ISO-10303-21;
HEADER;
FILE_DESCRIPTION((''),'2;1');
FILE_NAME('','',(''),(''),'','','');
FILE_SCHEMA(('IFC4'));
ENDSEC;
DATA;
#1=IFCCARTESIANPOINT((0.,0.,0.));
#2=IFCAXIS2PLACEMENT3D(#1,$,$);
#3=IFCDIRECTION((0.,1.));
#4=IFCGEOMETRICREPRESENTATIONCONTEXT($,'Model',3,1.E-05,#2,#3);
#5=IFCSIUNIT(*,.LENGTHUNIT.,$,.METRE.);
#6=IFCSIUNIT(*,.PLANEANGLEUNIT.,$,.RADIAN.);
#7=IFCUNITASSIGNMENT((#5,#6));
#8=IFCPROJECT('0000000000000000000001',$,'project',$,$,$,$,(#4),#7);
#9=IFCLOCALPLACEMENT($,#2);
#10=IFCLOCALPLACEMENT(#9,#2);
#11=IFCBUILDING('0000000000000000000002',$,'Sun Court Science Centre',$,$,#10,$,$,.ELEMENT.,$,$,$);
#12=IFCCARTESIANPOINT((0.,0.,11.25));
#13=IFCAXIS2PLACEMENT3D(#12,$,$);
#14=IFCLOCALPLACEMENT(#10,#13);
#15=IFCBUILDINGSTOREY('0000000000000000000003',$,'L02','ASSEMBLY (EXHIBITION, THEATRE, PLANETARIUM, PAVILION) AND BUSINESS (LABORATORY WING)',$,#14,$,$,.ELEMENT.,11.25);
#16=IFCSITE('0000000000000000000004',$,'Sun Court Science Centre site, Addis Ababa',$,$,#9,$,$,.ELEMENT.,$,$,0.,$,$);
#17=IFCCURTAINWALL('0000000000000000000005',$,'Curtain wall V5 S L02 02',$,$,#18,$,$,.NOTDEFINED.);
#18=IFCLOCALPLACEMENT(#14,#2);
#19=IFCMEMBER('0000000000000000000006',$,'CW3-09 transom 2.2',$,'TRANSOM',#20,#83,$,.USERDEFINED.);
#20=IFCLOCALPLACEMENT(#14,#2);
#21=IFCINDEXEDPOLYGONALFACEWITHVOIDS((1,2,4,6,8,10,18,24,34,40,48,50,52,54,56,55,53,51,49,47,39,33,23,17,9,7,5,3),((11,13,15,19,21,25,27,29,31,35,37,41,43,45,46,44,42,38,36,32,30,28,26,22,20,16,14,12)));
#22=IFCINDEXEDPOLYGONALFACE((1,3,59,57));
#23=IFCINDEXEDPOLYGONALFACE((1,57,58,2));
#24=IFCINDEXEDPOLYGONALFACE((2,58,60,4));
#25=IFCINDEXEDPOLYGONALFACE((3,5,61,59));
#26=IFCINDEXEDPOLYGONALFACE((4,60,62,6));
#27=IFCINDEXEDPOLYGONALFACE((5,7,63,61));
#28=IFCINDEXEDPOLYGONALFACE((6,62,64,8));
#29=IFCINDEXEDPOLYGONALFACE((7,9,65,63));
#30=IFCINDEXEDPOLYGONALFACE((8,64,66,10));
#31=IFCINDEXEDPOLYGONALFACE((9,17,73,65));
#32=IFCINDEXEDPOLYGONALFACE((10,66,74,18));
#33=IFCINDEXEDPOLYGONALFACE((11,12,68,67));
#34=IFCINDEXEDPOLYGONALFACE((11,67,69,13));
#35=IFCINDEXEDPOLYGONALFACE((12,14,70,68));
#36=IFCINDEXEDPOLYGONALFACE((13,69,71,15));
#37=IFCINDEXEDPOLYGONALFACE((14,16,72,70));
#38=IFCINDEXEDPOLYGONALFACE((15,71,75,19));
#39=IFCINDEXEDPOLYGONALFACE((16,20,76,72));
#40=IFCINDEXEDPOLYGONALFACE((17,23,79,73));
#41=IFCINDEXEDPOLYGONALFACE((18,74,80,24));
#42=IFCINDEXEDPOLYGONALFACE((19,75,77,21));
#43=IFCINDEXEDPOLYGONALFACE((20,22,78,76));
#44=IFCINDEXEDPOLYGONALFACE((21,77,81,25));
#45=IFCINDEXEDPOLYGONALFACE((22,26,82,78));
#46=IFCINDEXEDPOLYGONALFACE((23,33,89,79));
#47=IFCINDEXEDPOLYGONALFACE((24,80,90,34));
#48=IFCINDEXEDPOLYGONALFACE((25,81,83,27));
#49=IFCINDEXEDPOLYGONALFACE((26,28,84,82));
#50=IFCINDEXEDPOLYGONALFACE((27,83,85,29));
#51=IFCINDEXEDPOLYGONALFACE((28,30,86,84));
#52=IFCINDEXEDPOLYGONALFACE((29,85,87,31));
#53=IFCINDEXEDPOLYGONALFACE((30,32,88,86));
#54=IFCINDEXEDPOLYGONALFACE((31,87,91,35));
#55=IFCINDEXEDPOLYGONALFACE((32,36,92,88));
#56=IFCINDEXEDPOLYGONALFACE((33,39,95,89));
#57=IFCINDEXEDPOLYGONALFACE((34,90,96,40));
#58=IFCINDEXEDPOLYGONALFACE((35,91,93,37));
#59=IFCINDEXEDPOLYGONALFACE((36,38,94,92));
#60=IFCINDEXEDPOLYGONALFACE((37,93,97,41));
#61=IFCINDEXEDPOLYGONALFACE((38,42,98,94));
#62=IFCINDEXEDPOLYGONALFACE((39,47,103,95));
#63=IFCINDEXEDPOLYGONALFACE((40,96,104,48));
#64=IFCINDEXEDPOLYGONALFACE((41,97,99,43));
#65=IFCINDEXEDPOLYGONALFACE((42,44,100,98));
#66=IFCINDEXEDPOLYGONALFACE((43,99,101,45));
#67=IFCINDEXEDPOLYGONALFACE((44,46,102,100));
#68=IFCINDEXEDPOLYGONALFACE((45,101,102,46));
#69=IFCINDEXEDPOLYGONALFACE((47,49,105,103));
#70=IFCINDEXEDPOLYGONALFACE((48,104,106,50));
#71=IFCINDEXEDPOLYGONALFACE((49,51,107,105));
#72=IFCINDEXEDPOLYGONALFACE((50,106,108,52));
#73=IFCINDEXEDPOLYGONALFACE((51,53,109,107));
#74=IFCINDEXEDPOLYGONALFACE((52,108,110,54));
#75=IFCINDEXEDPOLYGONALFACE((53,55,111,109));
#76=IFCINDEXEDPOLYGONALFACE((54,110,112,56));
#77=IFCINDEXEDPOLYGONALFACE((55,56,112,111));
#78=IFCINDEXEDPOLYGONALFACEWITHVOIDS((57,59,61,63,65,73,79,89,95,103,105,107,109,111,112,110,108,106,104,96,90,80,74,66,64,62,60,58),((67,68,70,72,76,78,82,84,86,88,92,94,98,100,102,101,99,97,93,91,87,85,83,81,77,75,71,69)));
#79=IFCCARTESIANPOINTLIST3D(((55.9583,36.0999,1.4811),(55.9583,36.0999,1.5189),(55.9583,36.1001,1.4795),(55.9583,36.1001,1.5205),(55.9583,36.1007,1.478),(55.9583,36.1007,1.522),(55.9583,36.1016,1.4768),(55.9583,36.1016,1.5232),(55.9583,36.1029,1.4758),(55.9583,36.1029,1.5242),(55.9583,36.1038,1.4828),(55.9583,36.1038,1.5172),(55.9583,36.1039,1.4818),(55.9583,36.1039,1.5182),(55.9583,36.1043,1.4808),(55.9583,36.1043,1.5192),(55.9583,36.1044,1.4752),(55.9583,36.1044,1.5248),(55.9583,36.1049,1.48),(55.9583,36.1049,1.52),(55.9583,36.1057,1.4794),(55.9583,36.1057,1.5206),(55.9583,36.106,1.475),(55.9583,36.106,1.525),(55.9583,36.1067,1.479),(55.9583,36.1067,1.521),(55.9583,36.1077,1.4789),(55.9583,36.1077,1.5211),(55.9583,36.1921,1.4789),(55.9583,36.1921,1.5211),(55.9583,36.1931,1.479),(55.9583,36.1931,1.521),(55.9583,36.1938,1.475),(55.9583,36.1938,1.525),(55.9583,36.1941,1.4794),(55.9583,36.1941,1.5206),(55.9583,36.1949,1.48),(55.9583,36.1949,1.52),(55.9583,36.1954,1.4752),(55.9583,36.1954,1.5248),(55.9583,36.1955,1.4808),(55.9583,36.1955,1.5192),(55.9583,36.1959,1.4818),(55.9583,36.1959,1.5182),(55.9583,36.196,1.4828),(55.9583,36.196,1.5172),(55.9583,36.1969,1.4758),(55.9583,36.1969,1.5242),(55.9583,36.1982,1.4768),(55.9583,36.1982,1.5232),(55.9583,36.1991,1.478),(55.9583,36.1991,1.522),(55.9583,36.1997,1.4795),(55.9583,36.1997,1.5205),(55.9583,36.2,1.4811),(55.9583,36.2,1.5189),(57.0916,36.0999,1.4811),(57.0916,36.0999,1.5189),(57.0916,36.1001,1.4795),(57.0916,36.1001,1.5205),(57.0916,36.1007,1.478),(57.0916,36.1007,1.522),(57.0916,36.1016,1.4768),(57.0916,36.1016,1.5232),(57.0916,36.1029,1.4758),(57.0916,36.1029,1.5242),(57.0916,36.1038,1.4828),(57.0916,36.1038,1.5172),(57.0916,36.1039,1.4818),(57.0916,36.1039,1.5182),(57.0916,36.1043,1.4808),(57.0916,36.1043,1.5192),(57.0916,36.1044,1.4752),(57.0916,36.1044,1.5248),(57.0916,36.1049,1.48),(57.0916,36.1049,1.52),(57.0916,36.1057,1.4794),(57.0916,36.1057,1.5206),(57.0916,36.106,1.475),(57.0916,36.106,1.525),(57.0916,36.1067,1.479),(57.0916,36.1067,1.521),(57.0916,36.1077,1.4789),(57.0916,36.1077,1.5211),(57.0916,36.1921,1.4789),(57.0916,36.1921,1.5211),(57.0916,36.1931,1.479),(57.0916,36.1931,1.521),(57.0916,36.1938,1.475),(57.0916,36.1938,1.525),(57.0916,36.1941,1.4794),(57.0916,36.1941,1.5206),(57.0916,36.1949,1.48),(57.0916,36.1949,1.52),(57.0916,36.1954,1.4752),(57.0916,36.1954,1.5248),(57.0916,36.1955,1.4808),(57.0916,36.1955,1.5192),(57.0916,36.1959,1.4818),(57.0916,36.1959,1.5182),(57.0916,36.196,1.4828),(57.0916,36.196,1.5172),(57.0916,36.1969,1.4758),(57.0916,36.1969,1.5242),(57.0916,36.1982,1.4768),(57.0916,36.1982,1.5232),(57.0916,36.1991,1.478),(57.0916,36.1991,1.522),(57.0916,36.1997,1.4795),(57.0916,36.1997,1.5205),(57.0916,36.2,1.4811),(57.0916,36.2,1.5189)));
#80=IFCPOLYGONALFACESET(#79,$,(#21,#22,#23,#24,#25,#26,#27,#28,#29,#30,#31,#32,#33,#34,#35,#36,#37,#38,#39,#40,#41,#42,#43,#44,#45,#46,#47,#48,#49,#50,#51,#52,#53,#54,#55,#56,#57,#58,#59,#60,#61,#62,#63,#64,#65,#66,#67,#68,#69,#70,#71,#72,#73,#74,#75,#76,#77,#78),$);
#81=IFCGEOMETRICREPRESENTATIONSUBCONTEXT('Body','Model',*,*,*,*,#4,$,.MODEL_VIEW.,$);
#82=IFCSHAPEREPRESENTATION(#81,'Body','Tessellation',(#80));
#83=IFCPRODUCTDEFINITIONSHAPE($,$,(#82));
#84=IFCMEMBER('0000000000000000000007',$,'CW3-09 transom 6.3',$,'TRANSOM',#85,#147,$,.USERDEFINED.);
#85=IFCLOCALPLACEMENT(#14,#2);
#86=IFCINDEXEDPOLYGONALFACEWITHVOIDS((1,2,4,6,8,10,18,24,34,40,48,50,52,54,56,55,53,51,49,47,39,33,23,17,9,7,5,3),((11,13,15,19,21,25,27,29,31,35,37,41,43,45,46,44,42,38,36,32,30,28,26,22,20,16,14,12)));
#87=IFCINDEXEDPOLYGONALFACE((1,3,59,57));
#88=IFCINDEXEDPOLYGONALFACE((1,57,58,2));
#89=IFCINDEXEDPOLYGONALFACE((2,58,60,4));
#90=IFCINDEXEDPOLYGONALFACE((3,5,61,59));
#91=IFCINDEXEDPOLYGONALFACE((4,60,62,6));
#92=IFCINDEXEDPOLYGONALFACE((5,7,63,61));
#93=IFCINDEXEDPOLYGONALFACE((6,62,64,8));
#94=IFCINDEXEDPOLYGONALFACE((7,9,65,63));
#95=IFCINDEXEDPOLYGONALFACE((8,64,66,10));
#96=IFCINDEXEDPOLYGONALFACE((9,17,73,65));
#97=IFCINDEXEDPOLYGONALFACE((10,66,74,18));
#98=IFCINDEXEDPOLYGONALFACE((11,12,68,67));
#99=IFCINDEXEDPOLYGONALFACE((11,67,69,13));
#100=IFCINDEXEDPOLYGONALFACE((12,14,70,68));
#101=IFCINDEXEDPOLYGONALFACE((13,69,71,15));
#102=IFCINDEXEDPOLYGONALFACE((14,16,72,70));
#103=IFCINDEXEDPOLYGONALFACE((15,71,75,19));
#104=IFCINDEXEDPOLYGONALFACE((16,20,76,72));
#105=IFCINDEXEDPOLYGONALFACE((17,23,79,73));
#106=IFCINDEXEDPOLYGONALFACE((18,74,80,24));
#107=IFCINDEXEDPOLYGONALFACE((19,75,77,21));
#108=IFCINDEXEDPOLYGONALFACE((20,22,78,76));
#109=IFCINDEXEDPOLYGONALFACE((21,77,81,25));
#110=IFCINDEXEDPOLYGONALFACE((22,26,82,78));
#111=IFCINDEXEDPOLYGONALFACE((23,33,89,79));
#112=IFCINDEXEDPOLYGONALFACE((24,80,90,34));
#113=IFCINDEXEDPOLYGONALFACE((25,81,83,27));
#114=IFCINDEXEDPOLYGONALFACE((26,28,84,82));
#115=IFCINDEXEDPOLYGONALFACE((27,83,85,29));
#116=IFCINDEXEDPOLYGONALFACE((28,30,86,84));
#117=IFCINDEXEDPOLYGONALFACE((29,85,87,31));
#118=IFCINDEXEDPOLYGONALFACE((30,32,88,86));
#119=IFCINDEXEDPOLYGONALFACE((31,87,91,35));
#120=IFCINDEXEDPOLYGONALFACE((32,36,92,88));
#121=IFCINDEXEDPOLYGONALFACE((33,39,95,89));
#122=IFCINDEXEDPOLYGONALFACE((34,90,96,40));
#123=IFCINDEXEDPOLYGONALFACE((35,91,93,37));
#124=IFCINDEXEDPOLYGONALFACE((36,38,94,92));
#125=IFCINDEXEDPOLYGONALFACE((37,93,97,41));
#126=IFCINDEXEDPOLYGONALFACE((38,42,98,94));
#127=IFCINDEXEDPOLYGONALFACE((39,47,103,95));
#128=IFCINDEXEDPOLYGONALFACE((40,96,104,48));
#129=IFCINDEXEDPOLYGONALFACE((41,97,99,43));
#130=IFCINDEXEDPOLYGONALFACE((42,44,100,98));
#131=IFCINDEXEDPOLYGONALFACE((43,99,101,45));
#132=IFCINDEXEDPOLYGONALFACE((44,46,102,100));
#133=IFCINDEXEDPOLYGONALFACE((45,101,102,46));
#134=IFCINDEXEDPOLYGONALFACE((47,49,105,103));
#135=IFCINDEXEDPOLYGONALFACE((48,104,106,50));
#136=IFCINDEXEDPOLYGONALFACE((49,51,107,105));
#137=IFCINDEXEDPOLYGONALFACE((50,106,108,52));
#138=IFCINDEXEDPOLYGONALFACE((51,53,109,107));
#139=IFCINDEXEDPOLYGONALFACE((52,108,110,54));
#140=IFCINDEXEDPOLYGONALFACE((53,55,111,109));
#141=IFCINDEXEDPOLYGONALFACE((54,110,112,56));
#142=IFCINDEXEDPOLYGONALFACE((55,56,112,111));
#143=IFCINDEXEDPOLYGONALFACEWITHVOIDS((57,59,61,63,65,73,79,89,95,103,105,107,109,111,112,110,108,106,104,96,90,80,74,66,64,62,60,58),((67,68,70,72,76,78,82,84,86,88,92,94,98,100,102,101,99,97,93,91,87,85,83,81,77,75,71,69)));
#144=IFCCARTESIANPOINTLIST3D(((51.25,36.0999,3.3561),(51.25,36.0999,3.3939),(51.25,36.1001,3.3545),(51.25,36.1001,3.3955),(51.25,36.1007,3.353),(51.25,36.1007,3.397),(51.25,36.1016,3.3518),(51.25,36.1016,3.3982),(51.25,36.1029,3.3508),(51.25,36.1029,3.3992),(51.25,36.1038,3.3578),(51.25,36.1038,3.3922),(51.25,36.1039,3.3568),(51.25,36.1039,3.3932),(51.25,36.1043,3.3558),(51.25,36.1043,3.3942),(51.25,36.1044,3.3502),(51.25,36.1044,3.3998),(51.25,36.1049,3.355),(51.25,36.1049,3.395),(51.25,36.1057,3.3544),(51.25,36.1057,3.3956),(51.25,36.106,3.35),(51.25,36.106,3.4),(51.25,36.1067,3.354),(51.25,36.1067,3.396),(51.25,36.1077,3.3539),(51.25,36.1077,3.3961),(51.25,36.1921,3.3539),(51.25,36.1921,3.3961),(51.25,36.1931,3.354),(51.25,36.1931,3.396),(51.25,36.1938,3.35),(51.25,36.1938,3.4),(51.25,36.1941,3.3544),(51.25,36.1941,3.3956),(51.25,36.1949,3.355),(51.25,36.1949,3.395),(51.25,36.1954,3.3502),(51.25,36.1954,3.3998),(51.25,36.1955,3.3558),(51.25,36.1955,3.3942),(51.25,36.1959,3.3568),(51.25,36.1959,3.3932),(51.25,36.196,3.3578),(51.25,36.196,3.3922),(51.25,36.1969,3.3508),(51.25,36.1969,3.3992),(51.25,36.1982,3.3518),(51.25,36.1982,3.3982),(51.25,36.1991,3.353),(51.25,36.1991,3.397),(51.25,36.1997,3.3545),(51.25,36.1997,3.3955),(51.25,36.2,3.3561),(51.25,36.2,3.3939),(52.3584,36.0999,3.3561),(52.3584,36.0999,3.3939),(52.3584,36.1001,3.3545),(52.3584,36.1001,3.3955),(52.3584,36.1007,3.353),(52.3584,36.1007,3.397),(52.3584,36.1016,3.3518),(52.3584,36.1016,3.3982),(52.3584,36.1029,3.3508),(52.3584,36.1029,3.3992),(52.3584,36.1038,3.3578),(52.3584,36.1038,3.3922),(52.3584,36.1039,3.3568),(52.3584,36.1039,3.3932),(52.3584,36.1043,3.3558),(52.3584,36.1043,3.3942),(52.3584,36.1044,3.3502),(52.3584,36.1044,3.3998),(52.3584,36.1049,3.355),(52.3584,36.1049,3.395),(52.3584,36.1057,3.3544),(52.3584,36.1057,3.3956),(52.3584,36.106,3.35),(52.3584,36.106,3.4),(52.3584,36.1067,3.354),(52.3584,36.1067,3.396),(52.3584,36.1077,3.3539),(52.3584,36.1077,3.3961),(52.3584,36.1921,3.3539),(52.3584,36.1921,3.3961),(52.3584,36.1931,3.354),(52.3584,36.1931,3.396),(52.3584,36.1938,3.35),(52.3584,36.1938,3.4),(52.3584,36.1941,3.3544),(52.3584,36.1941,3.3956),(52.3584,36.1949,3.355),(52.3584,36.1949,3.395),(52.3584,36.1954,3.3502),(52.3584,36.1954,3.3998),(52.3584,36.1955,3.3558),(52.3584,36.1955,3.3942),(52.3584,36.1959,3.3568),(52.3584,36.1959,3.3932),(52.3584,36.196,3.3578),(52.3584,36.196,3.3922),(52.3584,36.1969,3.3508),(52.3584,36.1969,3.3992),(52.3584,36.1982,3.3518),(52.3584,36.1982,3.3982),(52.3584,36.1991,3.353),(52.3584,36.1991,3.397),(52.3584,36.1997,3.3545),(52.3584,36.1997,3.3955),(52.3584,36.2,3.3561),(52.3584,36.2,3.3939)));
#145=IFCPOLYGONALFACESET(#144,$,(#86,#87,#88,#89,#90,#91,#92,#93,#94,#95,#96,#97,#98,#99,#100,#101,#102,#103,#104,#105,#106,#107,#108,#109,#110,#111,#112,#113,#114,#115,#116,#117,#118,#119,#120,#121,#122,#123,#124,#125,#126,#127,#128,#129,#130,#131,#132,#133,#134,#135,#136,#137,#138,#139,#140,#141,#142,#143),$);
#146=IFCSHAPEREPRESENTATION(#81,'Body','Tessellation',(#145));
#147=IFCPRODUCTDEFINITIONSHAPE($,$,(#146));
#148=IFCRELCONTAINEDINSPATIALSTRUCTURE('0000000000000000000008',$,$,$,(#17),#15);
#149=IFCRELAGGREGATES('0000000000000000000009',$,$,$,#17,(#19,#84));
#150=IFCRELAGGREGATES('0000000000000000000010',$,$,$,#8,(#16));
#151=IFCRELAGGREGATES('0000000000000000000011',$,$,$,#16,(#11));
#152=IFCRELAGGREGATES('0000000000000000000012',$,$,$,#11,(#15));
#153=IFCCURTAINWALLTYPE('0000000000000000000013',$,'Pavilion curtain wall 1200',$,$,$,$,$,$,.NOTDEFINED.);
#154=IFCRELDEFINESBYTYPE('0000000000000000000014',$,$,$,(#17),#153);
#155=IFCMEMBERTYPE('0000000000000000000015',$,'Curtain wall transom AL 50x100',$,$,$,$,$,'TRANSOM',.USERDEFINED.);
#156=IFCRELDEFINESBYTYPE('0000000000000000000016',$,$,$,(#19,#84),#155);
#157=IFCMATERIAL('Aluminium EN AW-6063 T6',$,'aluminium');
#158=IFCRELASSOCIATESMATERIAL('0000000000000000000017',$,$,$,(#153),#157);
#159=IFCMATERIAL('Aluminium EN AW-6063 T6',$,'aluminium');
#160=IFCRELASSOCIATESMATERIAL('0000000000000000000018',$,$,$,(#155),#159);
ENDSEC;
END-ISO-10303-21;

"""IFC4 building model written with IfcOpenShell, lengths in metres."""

from ifc_helpers import new_model, si_unit, direction, frame, origin, origin_2d, place, context, subcontext, project, spatial, hollow_rectangle, extrude, material, material_profile, profile_set, type_object, element, aggregate, save


model = new_model("IFC4")

# Units and contexts
model_context = context("Model", 3, precision=1e-05, world=origin(), true_north=direction((0.0, 1.0)))
body_context = subcontext(model_context, "Body", "Model", "MODEL_VIEW")
ifc_project = project(units=[si_unit("LENGTHUNIT", "METRE"), si_unit("PLANEANGLEUNIT", "RADIAN")], contexts=[model_context])

# Site, building, storey
site_placement = place(None, origin())
site = spatial("IfcSite", under=ifc_project, at=site_placement, Name="Sun Court Science Centre site, Addis Ababa", CompositionType="ELEMENT", RefElevation=0.0)
building_placement = place(site_placement, origin())
building = spatial("IfcBuilding", under=site, at=building_placement, Name="Sun Court Science Centre", CompositionType="ELEMENT")
storey_placement = place(building_placement, frame((0.0, 0.0, 11.25)))
storey = spatial("IfcBuildingStorey", under=building, at=storey_placement, Name="L02", Description="ASSEMBLY (EXHIBITION, THEATRE, PLANETARIUM, PAVILION) AND BUSINESS (LABORATORY WING)", CompositionType="ELEMENT", Elevation=11.25)

# Curtain wall, members
ifc_material_1 = material(Name="Aluminium EN AW-6063 T6", Category="aluminium")
curtain_wall_type = type_object("IfcCurtainWallType", Name="Pavilion curtain wall 1200", PredefinedType="NOTDEFINED", material=ifc_material_1)
curtain_wall_placement = place(storey_placement, origin())
curtain_wall = element("IfcCurtainWall", 1, at=curtain_wall_placement, inside=storey, type_object=curtain_wall_type, Name="Curtain wall V5 S L02 02", PredefinedType="NOTDEFINED")
ifc_material_2 = material(Name="Aluminium EN AW-6063 T6", Category="aluminium")
ifc_material_profile_1 = material_profile(ifc_material_2, hollow_rectangle(XDim=0.05, YDim=0.1001, WallThickness=0.0039, InnerFilletRadius=0.0039, OuterFilletRadius=0.0061, at=origin_2d()), Name="AL 50x100x4")
ifc_profile_set_1 = profile_set([ifc_material_profile_1], Name="Aluminium EN AW-6063 T6")
member_type_1 = type_object("IfcMemberType", Name="Curtain wall transom AL 50x100", ElementType="TRANSOM", PredefinedType="USERDEFINED", material=ifc_profile_set_1)
member_1_placement = place(storey_placement, frame((57.0916, 36.1499, 1.5), z_axis=(-1.0, 0.0, 0.0), x_axis=(0.0, 0.0, 1.0)))
member_1 = element("IfcMember", 2, at=member_1_placement, type_object=member_type_1, Name="CW3-09 transom 2.2", ObjectType="TRANSOM", PredefinedType="USERDEFINED", context=body_context, shape_type="SweptSolid", body=[
    extrude(hollow_rectangle(XDim=0.05, YDim=0.1001, WallThickness=0.0039, InnerFilletRadius=0.0039, OuterFilletRadius=0.0061, at=origin_2d()), origin(), (0.0, 0.0, 1.0), 1.1333),
])
member_2_placement = place(storey_placement, frame((52.3584, 36.1499, 3.375), z_axis=(-1.0, 0.0, 0.0), x_axis=(0.0, 0.0, 1.0)))
member_2 = element("IfcMember", 3, at=member_2_placement, type_object=member_type_1, Name="CW3-09 transom 6.3", ObjectType="TRANSOM", PredefinedType="USERDEFINED", context=body_context, shape_type="SweptSolid", body=[
    extrude(hollow_rectangle(XDim=0.05, YDim=0.1001, WallThickness=0.0039, InnerFilletRadius=0.0039, OuterFilletRadius=0.0061, at=origin_2d()), origin(), (0.0, 0.0, 1.0), 1.1084),
])
aggregate(curtain_wall, [member_1, member_2])

save(model, "model.ifc")
